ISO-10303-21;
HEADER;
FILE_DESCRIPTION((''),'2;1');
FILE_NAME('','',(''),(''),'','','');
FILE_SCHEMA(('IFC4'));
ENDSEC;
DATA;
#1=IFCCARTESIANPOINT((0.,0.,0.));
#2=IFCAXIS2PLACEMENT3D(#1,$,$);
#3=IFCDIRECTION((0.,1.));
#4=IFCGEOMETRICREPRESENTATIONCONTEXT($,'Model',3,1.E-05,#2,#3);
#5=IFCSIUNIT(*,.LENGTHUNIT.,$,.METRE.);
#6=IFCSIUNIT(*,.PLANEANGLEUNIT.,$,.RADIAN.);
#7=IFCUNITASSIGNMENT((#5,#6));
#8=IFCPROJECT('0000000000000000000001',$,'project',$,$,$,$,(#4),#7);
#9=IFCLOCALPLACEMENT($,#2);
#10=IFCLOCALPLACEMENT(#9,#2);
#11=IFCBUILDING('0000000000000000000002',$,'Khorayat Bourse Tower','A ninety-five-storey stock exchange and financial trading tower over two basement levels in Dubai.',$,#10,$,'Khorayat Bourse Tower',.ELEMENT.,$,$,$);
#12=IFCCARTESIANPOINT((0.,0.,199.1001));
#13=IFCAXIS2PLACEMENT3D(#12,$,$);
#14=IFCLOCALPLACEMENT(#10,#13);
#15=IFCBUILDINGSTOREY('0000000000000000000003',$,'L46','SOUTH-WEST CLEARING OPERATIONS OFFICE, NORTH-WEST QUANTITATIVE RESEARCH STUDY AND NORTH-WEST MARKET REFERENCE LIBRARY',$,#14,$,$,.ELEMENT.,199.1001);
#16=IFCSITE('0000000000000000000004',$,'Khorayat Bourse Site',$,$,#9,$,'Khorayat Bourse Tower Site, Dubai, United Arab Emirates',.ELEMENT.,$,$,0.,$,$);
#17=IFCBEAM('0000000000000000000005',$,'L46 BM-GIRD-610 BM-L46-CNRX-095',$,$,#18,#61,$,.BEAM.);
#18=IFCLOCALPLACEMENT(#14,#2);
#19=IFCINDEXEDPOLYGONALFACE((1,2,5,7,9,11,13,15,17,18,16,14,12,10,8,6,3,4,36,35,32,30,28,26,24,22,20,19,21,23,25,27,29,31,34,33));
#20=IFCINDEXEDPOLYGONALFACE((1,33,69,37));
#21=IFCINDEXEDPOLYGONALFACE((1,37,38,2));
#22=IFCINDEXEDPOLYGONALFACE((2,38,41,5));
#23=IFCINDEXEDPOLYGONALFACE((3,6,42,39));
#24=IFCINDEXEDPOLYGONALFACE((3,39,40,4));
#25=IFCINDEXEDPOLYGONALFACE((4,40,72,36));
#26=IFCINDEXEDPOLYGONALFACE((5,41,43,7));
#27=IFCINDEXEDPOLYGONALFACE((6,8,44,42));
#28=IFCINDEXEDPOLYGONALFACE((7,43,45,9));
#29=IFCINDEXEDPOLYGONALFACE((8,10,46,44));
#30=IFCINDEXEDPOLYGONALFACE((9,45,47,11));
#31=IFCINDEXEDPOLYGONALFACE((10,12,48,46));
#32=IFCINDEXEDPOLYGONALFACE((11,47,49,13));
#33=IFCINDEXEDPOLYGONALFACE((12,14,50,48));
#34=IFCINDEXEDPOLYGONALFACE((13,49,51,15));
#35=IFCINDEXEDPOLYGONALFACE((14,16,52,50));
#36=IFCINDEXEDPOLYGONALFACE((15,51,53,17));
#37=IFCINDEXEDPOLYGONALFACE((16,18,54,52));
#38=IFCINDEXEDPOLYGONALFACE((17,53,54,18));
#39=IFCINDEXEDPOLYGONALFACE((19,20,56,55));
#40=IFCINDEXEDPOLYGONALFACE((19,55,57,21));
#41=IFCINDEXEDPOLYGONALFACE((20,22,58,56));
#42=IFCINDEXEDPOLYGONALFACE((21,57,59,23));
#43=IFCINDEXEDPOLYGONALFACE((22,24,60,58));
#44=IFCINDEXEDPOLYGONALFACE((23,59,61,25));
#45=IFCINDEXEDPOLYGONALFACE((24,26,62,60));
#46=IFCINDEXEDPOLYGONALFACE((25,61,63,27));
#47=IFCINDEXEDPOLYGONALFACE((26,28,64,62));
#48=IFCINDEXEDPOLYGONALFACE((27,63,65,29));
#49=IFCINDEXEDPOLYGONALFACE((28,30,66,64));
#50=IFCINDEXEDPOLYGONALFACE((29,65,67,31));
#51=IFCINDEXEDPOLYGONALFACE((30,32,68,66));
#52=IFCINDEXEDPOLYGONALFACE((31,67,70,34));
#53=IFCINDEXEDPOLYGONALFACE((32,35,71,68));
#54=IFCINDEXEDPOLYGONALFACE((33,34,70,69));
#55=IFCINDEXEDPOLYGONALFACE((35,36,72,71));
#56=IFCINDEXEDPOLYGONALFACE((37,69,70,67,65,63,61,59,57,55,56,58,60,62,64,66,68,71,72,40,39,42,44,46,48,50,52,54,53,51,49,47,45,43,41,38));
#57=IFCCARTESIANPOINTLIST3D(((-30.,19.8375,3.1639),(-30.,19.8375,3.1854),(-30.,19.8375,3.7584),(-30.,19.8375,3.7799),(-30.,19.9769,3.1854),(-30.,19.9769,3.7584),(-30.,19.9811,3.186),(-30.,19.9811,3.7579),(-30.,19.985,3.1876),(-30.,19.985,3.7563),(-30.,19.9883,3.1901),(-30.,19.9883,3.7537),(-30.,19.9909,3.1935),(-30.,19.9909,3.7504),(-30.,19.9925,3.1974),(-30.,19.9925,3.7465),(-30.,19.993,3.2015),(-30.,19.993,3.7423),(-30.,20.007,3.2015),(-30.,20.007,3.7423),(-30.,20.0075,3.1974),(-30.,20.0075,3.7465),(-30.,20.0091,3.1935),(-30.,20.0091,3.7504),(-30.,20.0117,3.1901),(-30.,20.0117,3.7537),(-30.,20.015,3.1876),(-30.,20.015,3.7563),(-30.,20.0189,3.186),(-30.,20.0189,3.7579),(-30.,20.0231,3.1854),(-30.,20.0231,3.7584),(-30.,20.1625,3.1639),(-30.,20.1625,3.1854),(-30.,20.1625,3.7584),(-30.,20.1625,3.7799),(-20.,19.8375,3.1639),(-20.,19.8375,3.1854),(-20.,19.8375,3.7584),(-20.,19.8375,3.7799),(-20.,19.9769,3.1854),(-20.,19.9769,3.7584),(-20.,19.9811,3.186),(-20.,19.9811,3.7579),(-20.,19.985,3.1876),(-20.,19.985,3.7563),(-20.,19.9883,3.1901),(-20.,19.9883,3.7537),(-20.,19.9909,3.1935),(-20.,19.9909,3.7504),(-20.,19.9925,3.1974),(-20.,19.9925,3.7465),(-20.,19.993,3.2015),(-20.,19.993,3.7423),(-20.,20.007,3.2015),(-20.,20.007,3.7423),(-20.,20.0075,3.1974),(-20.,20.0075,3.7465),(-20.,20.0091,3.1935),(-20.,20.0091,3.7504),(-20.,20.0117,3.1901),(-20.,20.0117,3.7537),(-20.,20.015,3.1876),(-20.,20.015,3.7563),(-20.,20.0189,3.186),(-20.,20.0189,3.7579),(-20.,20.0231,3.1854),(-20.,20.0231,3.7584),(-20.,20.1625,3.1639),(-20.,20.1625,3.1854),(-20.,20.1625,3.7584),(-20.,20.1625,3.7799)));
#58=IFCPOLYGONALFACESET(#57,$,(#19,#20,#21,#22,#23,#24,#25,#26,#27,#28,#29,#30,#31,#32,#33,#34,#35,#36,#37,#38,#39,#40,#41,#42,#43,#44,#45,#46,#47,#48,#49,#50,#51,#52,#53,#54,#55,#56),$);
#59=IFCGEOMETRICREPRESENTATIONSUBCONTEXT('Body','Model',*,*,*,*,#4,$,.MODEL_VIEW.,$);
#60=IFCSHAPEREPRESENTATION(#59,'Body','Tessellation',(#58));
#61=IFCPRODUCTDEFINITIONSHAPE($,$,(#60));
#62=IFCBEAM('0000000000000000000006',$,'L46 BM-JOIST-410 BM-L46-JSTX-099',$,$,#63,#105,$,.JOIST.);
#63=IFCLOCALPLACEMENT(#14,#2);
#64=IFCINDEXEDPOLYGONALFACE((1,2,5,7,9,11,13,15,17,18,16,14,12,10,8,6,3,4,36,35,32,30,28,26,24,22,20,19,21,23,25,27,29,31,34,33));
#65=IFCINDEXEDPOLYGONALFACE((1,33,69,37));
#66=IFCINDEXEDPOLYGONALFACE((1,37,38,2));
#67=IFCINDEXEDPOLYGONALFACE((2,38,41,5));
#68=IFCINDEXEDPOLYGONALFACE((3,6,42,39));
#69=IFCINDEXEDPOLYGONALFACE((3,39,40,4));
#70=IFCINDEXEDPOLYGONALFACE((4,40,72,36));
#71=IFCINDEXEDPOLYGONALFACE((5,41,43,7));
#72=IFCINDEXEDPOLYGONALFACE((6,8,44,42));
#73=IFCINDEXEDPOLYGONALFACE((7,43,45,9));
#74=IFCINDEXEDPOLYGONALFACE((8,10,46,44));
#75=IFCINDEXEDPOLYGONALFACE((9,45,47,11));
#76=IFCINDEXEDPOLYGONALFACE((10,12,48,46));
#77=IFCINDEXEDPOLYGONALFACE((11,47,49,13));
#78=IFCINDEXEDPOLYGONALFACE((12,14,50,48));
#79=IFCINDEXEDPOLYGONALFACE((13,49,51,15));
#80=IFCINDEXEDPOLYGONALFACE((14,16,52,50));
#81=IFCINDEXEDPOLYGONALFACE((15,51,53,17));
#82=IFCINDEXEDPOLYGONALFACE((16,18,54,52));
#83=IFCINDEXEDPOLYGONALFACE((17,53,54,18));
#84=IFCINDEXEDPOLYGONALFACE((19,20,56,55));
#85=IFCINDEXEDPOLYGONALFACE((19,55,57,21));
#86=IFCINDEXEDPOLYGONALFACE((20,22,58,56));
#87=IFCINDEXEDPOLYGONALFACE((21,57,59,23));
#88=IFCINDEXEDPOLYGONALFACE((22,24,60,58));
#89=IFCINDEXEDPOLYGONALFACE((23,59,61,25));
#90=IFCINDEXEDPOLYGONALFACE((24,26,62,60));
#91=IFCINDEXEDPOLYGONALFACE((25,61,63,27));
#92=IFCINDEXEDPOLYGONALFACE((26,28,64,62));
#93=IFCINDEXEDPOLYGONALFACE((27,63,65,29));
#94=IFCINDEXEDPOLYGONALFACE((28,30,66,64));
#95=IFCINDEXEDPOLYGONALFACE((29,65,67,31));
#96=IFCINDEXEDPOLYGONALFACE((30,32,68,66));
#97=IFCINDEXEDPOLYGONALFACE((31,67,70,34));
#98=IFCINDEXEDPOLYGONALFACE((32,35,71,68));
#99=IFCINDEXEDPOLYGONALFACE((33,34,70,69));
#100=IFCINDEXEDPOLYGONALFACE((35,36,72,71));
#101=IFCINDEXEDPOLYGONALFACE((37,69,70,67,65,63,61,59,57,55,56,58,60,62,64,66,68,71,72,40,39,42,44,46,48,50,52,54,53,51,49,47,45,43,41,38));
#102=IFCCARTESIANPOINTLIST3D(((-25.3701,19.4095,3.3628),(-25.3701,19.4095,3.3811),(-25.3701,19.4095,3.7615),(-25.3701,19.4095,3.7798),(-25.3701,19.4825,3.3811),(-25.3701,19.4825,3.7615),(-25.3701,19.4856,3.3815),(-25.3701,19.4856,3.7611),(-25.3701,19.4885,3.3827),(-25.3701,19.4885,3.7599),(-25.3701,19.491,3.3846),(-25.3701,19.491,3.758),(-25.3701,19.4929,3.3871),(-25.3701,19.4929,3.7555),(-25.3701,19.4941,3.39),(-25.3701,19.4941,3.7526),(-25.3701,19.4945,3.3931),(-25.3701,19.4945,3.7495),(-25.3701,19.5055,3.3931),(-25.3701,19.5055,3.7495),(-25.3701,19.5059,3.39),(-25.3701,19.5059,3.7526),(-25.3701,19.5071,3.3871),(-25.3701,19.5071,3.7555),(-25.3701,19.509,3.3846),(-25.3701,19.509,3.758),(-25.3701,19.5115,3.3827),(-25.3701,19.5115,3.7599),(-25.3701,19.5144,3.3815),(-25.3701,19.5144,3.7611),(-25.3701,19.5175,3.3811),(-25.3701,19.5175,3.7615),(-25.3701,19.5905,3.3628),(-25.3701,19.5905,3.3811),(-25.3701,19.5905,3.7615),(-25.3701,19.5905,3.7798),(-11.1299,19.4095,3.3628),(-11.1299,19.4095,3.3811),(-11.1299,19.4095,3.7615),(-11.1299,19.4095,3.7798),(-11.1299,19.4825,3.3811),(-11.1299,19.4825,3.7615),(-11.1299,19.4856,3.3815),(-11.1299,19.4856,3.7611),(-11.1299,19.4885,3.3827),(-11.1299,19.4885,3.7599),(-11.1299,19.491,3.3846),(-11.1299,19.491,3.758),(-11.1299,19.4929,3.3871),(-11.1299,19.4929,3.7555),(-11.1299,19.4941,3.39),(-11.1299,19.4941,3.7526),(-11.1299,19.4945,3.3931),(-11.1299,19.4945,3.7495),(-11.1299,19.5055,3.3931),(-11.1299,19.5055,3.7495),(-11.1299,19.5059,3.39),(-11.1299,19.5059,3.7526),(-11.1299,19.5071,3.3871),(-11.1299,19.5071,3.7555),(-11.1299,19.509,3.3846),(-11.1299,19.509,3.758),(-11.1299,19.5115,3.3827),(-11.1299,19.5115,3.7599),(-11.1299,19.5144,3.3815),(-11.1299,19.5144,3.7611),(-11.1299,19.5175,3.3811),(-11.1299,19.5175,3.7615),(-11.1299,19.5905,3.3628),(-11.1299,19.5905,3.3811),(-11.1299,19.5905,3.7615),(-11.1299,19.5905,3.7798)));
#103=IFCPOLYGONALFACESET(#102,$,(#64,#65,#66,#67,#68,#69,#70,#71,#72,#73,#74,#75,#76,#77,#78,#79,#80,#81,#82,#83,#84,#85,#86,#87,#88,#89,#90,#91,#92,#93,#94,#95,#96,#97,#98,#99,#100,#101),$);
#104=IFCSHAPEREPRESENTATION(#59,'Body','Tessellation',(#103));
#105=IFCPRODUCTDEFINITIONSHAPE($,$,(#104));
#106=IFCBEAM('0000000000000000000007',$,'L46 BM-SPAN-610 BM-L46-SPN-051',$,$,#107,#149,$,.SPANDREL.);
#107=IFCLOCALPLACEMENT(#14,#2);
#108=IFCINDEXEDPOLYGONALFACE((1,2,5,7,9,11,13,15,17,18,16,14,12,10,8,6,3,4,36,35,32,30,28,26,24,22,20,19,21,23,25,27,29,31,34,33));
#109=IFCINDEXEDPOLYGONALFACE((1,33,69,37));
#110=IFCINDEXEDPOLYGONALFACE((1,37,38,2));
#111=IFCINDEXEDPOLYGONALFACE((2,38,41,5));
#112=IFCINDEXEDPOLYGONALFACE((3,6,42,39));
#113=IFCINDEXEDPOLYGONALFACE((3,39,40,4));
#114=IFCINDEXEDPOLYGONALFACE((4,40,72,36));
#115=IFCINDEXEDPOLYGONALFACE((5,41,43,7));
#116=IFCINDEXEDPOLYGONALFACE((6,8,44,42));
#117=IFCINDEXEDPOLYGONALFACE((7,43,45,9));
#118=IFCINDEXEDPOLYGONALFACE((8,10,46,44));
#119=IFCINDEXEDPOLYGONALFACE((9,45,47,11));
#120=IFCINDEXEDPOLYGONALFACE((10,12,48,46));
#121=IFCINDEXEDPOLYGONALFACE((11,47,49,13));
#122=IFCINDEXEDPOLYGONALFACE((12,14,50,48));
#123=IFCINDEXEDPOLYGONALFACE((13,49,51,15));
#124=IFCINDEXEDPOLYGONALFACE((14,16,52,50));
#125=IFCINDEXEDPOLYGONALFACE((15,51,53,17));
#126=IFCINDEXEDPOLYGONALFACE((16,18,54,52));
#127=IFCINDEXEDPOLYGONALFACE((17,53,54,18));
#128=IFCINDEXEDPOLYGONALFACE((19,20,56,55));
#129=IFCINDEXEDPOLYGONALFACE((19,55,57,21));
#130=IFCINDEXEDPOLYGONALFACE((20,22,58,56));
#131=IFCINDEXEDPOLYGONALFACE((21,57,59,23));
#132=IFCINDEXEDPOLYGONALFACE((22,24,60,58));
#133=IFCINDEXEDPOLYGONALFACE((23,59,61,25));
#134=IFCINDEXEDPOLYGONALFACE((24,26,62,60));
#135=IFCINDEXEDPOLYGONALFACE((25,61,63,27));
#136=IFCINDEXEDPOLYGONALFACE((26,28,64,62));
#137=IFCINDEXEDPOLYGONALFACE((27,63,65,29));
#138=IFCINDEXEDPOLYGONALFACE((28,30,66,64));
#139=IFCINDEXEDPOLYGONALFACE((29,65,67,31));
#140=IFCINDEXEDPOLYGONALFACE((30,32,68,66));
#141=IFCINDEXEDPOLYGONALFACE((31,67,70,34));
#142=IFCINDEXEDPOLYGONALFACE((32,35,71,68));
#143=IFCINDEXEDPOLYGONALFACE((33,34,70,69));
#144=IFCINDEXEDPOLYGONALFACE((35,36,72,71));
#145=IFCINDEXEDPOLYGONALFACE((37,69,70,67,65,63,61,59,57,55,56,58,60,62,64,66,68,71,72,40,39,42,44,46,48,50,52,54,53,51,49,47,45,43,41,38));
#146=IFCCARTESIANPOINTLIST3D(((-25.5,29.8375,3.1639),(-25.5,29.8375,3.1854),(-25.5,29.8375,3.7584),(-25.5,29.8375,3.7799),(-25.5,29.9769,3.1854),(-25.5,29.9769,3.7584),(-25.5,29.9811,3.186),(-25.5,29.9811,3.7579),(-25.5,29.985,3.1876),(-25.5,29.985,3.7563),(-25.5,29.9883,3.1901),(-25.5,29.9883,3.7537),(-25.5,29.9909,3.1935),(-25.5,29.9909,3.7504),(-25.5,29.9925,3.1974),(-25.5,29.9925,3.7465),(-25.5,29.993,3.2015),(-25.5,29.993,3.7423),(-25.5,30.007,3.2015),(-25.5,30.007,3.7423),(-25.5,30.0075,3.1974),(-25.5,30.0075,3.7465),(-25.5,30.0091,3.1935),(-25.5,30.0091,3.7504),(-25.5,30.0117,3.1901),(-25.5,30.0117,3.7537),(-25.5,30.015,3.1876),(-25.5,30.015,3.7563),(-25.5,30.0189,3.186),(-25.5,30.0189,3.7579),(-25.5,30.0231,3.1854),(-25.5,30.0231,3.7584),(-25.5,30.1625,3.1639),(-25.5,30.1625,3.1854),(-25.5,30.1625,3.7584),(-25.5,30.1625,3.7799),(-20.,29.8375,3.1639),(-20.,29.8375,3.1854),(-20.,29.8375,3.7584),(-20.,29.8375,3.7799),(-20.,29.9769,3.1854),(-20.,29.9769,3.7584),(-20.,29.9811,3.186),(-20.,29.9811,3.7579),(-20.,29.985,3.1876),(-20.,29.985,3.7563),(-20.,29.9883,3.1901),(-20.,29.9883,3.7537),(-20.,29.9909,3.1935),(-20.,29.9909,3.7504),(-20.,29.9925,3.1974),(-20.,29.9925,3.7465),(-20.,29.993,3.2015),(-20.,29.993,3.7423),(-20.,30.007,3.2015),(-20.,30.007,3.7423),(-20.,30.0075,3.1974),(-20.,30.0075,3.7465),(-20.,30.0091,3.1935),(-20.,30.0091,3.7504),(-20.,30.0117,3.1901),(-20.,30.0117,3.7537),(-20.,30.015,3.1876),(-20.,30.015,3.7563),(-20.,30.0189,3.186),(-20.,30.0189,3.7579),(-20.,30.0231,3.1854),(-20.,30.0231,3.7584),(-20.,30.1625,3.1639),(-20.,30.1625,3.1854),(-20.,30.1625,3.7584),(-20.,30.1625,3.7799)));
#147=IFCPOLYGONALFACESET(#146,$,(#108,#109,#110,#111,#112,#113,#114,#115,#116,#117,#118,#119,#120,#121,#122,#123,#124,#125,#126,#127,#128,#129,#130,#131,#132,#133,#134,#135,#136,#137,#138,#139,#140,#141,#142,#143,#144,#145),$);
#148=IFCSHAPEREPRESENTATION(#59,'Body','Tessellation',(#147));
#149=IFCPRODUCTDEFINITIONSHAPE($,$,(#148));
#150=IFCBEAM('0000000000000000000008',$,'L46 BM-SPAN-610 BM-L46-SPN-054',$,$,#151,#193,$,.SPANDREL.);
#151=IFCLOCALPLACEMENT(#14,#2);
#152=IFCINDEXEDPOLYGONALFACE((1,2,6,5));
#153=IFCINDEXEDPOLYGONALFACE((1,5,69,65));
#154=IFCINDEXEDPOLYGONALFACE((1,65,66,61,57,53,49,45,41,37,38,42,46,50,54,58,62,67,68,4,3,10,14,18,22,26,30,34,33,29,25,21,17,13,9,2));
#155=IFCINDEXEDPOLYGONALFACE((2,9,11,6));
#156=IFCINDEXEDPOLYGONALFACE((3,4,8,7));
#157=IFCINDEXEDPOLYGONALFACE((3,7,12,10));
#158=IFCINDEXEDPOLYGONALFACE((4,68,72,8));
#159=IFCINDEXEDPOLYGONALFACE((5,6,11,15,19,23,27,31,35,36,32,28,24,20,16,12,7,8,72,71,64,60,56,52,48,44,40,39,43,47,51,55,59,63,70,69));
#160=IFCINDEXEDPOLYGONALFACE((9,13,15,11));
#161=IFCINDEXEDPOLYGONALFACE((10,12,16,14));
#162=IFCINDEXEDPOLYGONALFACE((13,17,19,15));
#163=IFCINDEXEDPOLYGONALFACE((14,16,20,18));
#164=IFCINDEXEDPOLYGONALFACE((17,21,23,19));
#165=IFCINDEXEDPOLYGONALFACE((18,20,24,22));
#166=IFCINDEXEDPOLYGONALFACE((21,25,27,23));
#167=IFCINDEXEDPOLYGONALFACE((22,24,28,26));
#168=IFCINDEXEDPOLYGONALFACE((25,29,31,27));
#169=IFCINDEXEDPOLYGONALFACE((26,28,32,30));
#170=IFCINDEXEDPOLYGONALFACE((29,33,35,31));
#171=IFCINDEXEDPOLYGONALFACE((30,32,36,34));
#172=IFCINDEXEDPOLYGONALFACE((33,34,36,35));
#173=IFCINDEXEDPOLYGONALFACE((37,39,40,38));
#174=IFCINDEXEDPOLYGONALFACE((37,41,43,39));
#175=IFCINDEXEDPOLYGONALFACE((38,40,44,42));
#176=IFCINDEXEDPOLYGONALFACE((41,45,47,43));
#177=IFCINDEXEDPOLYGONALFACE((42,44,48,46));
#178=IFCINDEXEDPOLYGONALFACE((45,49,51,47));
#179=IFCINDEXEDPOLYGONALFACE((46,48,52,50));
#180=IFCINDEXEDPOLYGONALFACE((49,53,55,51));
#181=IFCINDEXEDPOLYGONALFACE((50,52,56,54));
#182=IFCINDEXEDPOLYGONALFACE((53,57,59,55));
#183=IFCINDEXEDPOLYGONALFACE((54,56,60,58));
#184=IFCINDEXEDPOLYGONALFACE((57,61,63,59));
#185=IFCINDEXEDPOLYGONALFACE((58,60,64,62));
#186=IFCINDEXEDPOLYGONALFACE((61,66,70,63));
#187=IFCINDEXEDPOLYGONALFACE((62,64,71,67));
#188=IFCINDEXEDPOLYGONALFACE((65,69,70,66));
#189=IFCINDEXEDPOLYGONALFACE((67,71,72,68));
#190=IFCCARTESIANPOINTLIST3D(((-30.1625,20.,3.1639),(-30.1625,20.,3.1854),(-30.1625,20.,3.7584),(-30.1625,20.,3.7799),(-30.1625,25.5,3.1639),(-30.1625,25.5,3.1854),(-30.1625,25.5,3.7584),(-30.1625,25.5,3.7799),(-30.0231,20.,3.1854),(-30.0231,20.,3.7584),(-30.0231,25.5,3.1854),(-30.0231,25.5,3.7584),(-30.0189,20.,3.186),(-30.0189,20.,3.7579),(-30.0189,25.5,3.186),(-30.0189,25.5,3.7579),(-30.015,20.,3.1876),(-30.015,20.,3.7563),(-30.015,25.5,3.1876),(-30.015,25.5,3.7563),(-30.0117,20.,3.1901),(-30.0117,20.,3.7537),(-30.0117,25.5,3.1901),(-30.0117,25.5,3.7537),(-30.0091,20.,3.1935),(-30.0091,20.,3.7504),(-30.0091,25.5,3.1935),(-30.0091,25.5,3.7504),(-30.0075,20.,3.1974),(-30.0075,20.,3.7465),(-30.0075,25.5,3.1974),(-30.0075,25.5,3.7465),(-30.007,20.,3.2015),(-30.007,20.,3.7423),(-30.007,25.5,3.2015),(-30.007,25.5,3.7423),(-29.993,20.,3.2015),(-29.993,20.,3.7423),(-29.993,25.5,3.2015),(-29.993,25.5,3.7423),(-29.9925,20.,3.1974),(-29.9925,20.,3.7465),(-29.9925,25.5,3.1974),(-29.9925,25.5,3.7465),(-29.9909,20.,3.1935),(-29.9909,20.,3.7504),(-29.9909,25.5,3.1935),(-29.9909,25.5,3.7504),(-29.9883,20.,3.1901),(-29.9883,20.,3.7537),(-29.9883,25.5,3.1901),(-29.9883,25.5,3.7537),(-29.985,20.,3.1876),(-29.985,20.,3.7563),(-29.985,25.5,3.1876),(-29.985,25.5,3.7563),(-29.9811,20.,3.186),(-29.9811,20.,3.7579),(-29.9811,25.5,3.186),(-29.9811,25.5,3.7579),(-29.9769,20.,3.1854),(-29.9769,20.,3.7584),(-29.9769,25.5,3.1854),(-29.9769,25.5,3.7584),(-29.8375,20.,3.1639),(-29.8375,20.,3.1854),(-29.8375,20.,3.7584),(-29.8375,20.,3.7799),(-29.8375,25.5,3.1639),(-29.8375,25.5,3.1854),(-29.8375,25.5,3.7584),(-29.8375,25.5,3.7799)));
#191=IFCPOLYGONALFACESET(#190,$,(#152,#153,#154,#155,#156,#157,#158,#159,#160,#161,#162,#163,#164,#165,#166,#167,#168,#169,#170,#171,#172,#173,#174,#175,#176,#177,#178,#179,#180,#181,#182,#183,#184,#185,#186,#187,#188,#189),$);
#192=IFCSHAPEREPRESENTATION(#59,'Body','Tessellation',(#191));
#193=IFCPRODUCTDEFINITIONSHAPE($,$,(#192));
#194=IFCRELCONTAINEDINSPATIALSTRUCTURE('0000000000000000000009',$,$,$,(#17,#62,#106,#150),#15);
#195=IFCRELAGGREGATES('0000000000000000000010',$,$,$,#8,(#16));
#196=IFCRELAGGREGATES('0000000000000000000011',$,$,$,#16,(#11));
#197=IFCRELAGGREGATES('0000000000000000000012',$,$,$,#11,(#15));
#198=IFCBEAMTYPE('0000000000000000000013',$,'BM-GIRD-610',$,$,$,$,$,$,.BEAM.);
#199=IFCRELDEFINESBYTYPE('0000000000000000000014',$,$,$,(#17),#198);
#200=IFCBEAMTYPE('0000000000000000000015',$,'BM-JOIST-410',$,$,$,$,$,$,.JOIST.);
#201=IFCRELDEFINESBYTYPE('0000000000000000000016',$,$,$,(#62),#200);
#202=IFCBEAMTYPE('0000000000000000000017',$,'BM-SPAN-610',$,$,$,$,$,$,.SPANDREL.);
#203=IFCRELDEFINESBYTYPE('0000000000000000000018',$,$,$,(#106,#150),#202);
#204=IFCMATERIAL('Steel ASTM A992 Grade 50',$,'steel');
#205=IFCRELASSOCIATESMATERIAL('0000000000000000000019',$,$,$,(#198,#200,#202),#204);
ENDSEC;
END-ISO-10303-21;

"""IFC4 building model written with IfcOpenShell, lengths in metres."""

from ifc_helpers import new_model, si_unit, direction, frame, origin, origin_2d, place, context, subcontext, project, spatial, i_section, extrude, source, transform, mapped, material, material_profile, profile_set, type_object, element, save


model = new_model("IFC4")

# Units and contexts
model_context = context("Model", 3, precision=1e-05, world=origin(), true_north=direction((0.0, 1.0)))
body_context = subcontext(model_context, "Body", "Model", "MODEL_VIEW")
ifc_project = project(units=[si_unit("LENGTHUNIT", "METRE"), si_unit("PLANEANGLEUNIT", "RADIAN")], contexts=[model_context])

# Site, building, storey
site_placement = place(None, origin())
site = spatial("IfcSite", under=ifc_project, at=site_placement, Name="Khorayat Bourse Site", LongName="Khorayat Bourse Tower Site, Dubai, United Arab Emirates", CompositionType="ELEMENT", RefElevation=0.0)
building_placement = place(site_placement, origin())
building = spatial("IfcBuilding", under=site, at=building_placement, Name="Khorayat Bourse Tower", Description="A ninety-five-storey stock exchange and financial trading tower over two basement levels in Dubai.", LongName="Khorayat Bourse Tower", CompositionType="ELEMENT")
storey_placement = place(building_placement, frame((0.0, 0.0, 199.1001)))
storey = spatial("IfcBuildingStorey", under=building, at=storey_placement, Name="L46", Description="SOUTH-WEST CLEARING OPERATIONS OFFICE, NORTH-WEST QUANTITATIVE RESEARCH STUDY AND NORTH-WEST MARKET REFERENCE LIBRARY", CompositionType="ELEMENT", Elevation=199.1001)

# Beams
ifc_material_1 = material(Name="Steel ASTM A992 Grade 50", Category="steel")
ifc_material_profile_1 = material_profile(ifc_material_1, i_section(OverallWidth=0.325, OverallDepth=0.616, WebThickness=0.0139, FlangeThickness=0.0215, FilletRadius=0.0161, at=origin_2d()), Name="W610X174")
ifc_profile_set_1 = profile_set([ifc_material_profile_1], Name="Steel ASTM A992 Grade 50")
beam_type_1 = type_object("IfcBeamType", Name="BM-GIRD-610", PredefinedType="BEAM", material=ifc_profile_set_1)
shared_shape_1 = source(origin(), body_context, "Body", "SweptSolid", [
    extrude(i_section(OverallWidth=0.325, OverallDepth=0.616, WebThickness=0.0139, FlangeThickness=0.0215, FilletRadius=0.0161, at=origin_2d()), origin(), (0.0, 0.0, 1.0), 10.0),
])
beam_1_placement = place(storey_placement, frame((-30.0, 20.0, 3.4719), z_axis=(1.0, 0.0, 0.0), x_axis=(0.0, 1.0, 0.0)))
element("IfcBeam", 1, at=beam_1_placement, inside=storey, type_object=beam_type_1, Name="L46 BM-GIRD-610 BM-L46-CNRX-095", PredefinedType="BEAM", context=body_context, shape_type="MappedRepresentation", body=[
    mapped(shared_shape_1, transform((0.0, 0.0, 0.0), scale=1.0)),
])
ifc_material_profile_2 = material_profile(ifc_material_1, i_section(OverallWidth=0.1809, OverallDepth=0.417, WebThickness=0.011, FlangeThickness=0.0183, FilletRadius=0.012, at=origin_2d()), Name="W410X85")
ifc_profile_set_2 = profile_set([ifc_material_profile_2], Name="Steel ASTM A992 Grade 50")
beam_type_2 = type_object("IfcBeamType", Name="BM-JOIST-410", PredefinedType="JOIST", material=ifc_profile_set_2)
shared_shape_2 = source(origin(), body_context, "Body", "SweptSolid", [
    extrude(i_section(OverallWidth=0.1809, OverallDepth=0.417, WebThickness=0.011, FlangeThickness=0.0183, FilletRadius=0.012, at=origin_2d()), origin(), (0.0, 0.0, 1.0), 14.2402),
])
beam_2_placement = place(storey_placement, frame((-25.3701, 19.5, 3.5713), z_axis=(1.0, 0.0, 0.0), x_axis=(0.0, 1.0, 0.0)))
element("IfcBeam", 2, at=beam_2_placement, inside=storey, type_object=beam_type_2, Name="L46 BM-JOIST-410 BM-L46-JSTX-099", PredefinedType="JOIST", context=body_context, shape_type="MappedRepresentation", body=[
    mapped(shared_shape_2, transform((0.0, 0.0, 0.0), scale=1.0)),
])
ifc_material_profile_3 = material_profile(ifc_material_1, i_section(OverallWidth=0.325, OverallDepth=0.616, WebThickness=0.0139, FlangeThickness=0.0215, FilletRadius=0.0161, at=origin_2d()), Name="W610X174")
ifc_profile_set_3 = profile_set([ifc_material_profile_3], Name="Steel ASTM A992 Grade 50")
beam_type_3 = type_object("IfcBeamType", Name="BM-SPAN-610", PredefinedType="SPANDREL", material=ifc_profile_set_3)
shared_shape_3 = source(origin(), body_context, "Body", "SweptSolid", [
    extrude(i_section(OverallWidth=0.325, OverallDepth=0.616, WebThickness=0.0139, FlangeThickness=0.0215, FilletRadius=0.0161, at=origin_2d()), origin(), (0.0, 0.0, 1.0), 5.5),
])
for number, where, z_axis, x_axis, name in (
    (3, (-25.5, 30.0, 3.4719), (1.0, 0.0, 0.0), (0.0, 1.0, 0.0), "L46 BM-SPAN-610 BM-L46-SPN-051"),
    (4, (-30.0, 20.0, 3.4719), (0.0, 1.0, 0.0), (-1.0, 0.0, 0.0), "L46 BM-SPAN-610 BM-L46-SPN-054"),
):
    element("IfcBeam", number, at=place(storey_placement, frame(where, z_axis=z_axis, x_axis=x_axis)), inside=storey, type_object=beam_type_3, Name=name, PredefinedType="SPANDREL", context=body_context, shape_type="MappedRepresentation", body=[
        mapped(shared_shape_3, transform((0.0, 0.0, 0.0), scale=1.0)),
    ])

save(model, "model.ifc")
